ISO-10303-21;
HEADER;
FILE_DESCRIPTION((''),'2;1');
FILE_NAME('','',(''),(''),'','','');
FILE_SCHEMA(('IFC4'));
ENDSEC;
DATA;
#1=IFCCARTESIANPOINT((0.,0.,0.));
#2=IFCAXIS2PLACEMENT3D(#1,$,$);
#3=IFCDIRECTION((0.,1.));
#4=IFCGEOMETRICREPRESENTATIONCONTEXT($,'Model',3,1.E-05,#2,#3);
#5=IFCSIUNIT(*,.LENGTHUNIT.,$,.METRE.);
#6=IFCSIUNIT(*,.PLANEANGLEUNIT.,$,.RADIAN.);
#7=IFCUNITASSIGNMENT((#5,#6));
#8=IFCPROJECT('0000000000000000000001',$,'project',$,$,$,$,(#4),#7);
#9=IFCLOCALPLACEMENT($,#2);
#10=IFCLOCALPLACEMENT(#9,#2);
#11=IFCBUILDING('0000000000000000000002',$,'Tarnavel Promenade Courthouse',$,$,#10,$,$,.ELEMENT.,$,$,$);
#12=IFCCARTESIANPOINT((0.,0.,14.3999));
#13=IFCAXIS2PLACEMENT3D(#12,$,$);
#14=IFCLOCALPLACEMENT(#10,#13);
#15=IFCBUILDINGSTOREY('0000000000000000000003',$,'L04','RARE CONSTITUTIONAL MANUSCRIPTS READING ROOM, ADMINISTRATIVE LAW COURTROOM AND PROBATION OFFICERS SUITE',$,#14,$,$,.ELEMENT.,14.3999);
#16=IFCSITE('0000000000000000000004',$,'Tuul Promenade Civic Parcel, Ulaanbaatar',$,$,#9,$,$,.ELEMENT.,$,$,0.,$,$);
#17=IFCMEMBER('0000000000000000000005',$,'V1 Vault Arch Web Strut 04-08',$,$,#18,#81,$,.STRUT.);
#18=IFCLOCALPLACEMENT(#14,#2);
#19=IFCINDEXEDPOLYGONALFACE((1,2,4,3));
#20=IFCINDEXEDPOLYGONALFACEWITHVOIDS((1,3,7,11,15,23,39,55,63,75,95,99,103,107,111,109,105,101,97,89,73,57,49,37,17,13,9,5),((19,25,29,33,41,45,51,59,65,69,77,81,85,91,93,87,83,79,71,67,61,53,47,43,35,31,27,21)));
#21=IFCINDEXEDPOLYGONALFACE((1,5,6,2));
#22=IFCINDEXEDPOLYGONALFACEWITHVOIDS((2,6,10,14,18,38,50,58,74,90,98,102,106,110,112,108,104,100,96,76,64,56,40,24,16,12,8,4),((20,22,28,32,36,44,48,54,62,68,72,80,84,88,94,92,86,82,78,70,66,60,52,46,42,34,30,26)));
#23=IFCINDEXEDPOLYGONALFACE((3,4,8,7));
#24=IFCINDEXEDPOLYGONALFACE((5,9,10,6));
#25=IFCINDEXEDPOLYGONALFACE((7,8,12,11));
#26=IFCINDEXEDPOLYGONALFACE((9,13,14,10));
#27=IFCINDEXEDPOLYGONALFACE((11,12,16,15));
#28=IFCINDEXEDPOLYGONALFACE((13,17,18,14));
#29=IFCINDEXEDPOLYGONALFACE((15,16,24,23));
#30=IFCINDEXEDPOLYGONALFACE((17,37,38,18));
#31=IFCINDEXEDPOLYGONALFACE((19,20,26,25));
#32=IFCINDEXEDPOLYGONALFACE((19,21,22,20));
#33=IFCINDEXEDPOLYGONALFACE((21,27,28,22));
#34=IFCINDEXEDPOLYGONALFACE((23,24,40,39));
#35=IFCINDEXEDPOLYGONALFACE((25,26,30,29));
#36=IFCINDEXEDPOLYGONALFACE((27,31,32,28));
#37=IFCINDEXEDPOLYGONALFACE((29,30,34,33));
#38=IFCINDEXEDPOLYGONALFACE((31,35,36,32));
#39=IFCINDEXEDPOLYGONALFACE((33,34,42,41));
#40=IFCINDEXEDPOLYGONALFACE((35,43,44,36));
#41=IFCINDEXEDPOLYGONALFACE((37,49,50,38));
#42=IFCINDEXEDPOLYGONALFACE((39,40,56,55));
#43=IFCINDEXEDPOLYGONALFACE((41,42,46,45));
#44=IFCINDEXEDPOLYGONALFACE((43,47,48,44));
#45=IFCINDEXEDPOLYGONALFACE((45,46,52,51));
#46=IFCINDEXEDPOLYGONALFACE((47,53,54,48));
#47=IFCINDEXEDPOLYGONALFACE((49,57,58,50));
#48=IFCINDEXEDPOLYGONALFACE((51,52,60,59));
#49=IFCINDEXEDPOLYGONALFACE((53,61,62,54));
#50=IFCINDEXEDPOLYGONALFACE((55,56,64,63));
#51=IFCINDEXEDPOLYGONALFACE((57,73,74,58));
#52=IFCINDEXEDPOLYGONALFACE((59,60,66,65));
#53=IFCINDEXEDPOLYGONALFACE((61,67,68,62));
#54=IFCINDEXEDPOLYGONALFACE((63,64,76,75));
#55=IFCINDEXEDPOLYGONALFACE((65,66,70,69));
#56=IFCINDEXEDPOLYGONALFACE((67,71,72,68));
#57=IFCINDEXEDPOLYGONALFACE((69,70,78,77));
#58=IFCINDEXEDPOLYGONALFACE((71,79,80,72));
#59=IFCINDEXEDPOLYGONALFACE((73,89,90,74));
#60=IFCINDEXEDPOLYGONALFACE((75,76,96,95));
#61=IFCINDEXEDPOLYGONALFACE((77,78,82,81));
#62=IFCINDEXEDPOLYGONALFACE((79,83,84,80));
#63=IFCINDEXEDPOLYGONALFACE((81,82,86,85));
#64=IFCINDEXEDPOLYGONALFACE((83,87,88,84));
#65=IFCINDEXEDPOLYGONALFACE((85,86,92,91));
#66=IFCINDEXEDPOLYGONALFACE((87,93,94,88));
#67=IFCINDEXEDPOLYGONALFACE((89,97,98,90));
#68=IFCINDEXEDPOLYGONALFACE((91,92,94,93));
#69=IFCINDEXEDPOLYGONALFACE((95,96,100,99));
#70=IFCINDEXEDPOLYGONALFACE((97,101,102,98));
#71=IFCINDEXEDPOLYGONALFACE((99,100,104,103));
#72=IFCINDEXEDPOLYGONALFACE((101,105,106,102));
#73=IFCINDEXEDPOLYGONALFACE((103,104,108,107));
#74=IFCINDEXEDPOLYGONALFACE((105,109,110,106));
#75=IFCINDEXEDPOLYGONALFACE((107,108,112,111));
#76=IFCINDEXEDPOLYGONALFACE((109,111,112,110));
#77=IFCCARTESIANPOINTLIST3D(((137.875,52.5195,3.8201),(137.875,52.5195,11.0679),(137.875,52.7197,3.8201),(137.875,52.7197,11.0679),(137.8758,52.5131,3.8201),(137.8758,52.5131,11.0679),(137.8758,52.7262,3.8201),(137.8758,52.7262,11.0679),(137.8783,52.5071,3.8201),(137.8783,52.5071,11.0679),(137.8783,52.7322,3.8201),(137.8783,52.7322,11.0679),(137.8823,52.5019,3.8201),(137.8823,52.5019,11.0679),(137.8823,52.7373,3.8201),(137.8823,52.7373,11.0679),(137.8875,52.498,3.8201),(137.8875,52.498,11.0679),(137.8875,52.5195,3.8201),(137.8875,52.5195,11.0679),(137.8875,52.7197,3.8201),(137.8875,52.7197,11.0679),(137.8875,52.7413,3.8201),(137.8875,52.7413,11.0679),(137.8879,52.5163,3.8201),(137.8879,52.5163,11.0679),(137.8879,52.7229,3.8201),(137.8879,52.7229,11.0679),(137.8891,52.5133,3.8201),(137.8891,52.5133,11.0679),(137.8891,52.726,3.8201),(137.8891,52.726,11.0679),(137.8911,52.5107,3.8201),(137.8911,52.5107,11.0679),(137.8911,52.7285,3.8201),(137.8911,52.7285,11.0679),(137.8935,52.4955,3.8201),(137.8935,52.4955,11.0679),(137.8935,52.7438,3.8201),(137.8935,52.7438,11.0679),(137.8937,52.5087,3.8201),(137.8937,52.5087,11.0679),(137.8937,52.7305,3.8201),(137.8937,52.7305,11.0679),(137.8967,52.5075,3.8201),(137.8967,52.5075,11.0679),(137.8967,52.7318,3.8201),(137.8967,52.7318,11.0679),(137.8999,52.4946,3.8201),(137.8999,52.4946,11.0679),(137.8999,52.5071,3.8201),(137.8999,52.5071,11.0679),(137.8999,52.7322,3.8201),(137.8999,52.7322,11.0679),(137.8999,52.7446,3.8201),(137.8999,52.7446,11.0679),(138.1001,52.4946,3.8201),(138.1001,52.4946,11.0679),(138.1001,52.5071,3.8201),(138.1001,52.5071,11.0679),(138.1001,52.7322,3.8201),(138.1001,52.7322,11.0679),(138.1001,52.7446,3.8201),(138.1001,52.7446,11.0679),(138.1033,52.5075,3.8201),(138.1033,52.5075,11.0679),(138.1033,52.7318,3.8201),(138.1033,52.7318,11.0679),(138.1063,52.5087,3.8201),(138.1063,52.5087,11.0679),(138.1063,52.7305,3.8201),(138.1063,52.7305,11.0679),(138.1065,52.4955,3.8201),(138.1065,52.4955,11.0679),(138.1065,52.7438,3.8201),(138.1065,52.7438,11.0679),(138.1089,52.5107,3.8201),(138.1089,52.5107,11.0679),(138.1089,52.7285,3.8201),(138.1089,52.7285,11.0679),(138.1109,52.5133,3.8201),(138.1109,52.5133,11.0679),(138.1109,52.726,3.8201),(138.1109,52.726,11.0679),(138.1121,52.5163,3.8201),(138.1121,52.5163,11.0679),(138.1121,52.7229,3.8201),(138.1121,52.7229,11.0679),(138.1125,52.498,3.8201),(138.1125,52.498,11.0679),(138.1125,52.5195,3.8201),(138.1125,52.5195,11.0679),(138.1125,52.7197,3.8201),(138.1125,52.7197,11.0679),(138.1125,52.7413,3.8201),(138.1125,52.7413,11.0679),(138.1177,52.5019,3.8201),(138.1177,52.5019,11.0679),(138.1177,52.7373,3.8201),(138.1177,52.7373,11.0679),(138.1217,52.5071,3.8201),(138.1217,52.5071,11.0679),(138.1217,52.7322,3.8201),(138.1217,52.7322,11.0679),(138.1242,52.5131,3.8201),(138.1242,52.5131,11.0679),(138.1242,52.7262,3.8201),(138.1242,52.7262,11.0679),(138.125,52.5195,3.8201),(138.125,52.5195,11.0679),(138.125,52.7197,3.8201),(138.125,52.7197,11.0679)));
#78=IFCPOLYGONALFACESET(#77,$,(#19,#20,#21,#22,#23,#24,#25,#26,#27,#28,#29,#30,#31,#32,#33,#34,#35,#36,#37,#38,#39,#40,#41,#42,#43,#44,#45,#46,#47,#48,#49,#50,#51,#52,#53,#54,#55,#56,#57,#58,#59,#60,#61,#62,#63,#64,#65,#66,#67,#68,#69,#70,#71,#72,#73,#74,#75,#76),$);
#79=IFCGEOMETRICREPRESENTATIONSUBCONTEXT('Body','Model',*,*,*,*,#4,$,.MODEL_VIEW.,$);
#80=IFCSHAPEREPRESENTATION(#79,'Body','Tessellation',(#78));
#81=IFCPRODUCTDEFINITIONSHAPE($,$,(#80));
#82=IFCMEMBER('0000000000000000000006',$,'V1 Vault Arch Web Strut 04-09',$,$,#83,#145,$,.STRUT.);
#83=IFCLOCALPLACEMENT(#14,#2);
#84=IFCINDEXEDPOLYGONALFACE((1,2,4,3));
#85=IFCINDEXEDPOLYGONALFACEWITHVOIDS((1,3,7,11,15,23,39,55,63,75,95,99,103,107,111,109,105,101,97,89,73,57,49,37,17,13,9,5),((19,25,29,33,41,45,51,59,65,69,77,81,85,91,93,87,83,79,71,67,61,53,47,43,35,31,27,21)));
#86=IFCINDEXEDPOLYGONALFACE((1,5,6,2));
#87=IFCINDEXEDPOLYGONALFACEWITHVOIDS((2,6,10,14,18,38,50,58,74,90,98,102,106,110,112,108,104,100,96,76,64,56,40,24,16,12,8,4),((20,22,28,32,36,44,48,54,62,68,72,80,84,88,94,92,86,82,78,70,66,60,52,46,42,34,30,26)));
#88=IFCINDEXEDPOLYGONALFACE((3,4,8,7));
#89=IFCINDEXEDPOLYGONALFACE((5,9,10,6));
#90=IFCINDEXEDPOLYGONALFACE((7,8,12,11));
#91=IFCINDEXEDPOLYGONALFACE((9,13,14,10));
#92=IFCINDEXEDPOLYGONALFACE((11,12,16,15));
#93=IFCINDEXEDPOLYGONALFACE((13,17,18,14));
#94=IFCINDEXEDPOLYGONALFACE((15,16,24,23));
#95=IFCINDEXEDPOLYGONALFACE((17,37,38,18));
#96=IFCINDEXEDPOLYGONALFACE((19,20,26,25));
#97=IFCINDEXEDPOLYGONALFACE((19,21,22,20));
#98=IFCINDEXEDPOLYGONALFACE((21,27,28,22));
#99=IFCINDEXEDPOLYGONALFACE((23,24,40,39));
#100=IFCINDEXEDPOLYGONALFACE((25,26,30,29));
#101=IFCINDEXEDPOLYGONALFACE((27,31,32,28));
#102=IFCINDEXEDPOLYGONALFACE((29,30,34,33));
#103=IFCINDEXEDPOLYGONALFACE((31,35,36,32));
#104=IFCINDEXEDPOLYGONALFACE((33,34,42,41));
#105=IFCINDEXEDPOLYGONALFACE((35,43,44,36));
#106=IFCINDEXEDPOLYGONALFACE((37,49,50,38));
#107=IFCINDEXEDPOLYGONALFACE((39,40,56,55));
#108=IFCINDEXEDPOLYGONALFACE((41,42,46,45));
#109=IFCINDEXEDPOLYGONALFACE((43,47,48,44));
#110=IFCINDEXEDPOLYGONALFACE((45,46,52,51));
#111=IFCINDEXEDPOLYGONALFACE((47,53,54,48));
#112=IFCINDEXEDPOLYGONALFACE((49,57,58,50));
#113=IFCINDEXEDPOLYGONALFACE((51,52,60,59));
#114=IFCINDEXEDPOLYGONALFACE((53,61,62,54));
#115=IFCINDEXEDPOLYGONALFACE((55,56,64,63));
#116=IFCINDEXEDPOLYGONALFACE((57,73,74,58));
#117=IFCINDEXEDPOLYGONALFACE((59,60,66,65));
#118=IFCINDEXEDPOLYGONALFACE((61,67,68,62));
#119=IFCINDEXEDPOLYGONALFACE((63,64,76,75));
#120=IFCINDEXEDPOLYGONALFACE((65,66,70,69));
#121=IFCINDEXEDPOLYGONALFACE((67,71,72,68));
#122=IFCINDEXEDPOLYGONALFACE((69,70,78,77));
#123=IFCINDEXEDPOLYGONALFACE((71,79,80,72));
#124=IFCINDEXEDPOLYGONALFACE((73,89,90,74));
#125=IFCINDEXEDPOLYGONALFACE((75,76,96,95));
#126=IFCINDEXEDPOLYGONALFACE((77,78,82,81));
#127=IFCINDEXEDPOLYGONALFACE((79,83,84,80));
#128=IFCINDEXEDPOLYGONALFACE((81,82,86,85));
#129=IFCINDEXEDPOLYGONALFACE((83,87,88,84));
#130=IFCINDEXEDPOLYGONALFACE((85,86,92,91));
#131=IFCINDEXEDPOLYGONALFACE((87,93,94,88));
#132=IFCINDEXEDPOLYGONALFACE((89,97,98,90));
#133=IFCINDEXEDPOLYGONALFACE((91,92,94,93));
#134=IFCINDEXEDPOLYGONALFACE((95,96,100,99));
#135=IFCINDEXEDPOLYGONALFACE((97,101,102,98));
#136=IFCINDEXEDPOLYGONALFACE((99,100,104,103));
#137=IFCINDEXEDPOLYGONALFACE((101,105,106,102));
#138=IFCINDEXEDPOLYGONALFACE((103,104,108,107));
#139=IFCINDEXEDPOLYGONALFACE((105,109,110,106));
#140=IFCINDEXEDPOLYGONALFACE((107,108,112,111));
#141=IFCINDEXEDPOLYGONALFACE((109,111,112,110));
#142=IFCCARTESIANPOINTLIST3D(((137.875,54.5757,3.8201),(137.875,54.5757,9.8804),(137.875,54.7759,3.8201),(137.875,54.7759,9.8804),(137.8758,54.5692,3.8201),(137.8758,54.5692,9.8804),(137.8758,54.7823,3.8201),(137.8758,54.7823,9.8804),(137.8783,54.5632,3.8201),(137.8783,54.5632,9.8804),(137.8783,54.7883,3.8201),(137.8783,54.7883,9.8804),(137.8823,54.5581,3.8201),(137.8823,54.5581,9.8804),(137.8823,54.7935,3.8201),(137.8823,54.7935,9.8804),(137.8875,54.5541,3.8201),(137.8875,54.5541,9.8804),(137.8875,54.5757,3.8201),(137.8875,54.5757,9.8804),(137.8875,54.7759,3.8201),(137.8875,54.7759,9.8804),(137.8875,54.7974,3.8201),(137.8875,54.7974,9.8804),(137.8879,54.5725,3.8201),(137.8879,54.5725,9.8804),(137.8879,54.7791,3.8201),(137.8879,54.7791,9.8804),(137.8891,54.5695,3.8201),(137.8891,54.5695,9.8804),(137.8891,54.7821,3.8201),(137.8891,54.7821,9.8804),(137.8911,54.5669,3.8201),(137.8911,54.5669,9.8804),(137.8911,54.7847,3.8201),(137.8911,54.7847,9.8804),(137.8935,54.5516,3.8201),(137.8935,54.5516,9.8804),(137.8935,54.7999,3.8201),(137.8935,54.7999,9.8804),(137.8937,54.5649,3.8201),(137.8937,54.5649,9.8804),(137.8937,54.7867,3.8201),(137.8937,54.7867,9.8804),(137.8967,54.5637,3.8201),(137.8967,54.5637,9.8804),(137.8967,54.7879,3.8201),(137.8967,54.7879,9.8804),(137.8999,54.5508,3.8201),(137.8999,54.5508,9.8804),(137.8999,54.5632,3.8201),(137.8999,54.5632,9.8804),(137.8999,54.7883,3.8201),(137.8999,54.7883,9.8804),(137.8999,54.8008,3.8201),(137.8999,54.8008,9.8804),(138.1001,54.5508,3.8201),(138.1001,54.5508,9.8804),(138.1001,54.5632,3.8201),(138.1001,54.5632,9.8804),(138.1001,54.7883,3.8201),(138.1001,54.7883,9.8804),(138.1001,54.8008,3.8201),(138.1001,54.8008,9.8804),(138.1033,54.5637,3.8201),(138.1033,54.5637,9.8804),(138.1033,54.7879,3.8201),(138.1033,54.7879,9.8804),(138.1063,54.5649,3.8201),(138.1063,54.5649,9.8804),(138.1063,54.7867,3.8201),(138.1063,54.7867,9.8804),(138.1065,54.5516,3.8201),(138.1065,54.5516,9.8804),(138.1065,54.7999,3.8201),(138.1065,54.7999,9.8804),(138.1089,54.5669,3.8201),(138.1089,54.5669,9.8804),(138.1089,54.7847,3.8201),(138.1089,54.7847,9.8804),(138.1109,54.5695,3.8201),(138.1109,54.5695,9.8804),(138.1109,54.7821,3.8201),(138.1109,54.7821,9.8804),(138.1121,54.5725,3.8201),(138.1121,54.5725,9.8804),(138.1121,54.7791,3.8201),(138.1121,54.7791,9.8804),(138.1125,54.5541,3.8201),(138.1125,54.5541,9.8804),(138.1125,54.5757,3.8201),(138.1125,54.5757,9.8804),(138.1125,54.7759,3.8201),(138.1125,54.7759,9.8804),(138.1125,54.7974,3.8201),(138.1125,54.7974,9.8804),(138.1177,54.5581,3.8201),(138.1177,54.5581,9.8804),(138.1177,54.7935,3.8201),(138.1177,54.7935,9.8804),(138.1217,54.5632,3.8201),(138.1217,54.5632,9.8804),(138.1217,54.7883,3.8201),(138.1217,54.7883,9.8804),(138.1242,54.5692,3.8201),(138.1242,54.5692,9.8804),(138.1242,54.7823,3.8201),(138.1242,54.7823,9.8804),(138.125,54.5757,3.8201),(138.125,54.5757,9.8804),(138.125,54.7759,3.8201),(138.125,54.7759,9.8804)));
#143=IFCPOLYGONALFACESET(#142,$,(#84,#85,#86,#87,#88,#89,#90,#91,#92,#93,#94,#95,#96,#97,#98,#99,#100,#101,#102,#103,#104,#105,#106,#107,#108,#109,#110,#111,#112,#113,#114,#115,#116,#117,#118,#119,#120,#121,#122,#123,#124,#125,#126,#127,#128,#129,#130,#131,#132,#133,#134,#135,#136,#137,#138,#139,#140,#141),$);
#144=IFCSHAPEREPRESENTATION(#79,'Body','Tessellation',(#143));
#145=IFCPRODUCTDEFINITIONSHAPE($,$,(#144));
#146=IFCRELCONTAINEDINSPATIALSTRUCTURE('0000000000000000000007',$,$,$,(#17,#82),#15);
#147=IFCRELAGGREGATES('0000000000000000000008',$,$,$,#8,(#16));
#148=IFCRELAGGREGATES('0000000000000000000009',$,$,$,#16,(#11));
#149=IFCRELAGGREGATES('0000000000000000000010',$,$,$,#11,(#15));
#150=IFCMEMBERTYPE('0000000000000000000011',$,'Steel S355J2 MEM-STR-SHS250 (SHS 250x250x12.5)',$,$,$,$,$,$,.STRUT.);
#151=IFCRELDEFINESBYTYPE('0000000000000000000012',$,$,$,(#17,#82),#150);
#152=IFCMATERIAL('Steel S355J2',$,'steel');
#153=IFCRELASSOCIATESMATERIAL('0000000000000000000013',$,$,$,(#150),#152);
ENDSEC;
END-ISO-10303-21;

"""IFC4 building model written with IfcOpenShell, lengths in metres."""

from ifc_helpers import new_model, si_unit, direction, frame, origin, origin_2d, place, context, subcontext, project, spatial, hollow_rectangle, extrude, material, material_profile, profile_set, type_object, element, save


model = new_model("IFC4")

# Units and contexts
model_context = context("Model", 3, precision=1e-05, world=origin(), true_north=direction((0.0, 1.0)))
body_context = subcontext(model_context, "Body", "Model", "MODEL_VIEW")
ifc_project = project(units=[si_unit("LENGTHUNIT", "METRE"), si_unit("PLANEANGLEUNIT", "RADIAN")], contexts=[model_context])

# Site, building, storey
site_placement = place(None, origin())
site = spatial("IfcSite", under=ifc_project, at=site_placement, Name="Tuul Promenade Civic Parcel, Ulaanbaatar", CompositionType="ELEMENT", RefElevation=0.0)
building_placement = place(site_placement, origin())
building = spatial("IfcBuilding", under=site, at=building_placement, Name="Tarnavel Promenade Courthouse", CompositionType="ELEMENT")
storey_placement = place(building_placement, frame((0.0, 0.0, 14.3999)))
storey = spatial("IfcBuildingStorey", under=building, at=storey_placement, Name="L04", Description="RARE CONSTITUTIONAL MANUSCRIPTS READING ROOM, ADMINISTRATIVE LAW COURTROOM AND PROBATION OFFICERS SUITE", CompositionType="ELEMENT", Elevation=14.3999)

# Shared definitions
ifc_material_1 = material(Name="Steel S355J2", Category="steel")

# Members
ifc_material_profile_1 = material_profile(ifc_material_1, hollow_rectangle(XDim=0.25, YDim=0.25, WallThickness=0.0125, InnerFilletRadius=0.0125, OuterFilletRadius=0.0249, at=origin_2d()), Name="SHS 250x250x12.5")
ifc_profile_set_1 = profile_set([ifc_material_profile_1], Name="Steel S355J2")
member_type_1 = type_object("IfcMemberType", Name="Steel S355J2 MEM-STR-SHS250 (SHS 250x250x12.5)", PredefinedType="STRUT", material=ifc_profile_set_1)
member_1_placement = place(storey_placement, frame((138.0, 52.6196, 3.8201), z_axis=(0.0, 0.0, 1.0), x_axis=(1.0, 0.0, 0.0)))
element("IfcMember", 1, at=member_1_placement, inside=storey, type_object=member_type_1, Name="V1 Vault Arch Web Strut 04-08", PredefinedType="STRUT", context=body_context, shape_type="SweptSolid", body=[
    extrude(hollow_rectangle(XDim=0.25, YDim=0.25, WallThickness=0.0125, InnerFilletRadius=0.0125, OuterFilletRadius=0.0249, at=origin_2d()), origin(), (0.0, 0.0, 1.0), 7.2478),
])
member_2_placement = place(storey_placement, frame((138.0, 54.6758, 3.8201), z_axis=(0.0, 0.0, 1.0), x_axis=(1.0, 0.0, 0.0)))
element("IfcMember", 2, at=member_2_placement, inside=storey, type_object=member_type_1, Name="V1 Vault Arch Web Strut 04-09", PredefinedType="STRUT", context=body_context, shape_type="SweptSolid", body=[
    extrude(hollow_rectangle(XDim=0.25, YDim=0.25, WallThickness=0.0125, InnerFilletRadius=0.0125, OuterFilletRadius=0.0249, at=origin_2d()), origin(), (0.0, 0.0, 1.0), 6.0603),
])

save(model, "model.ifc")
